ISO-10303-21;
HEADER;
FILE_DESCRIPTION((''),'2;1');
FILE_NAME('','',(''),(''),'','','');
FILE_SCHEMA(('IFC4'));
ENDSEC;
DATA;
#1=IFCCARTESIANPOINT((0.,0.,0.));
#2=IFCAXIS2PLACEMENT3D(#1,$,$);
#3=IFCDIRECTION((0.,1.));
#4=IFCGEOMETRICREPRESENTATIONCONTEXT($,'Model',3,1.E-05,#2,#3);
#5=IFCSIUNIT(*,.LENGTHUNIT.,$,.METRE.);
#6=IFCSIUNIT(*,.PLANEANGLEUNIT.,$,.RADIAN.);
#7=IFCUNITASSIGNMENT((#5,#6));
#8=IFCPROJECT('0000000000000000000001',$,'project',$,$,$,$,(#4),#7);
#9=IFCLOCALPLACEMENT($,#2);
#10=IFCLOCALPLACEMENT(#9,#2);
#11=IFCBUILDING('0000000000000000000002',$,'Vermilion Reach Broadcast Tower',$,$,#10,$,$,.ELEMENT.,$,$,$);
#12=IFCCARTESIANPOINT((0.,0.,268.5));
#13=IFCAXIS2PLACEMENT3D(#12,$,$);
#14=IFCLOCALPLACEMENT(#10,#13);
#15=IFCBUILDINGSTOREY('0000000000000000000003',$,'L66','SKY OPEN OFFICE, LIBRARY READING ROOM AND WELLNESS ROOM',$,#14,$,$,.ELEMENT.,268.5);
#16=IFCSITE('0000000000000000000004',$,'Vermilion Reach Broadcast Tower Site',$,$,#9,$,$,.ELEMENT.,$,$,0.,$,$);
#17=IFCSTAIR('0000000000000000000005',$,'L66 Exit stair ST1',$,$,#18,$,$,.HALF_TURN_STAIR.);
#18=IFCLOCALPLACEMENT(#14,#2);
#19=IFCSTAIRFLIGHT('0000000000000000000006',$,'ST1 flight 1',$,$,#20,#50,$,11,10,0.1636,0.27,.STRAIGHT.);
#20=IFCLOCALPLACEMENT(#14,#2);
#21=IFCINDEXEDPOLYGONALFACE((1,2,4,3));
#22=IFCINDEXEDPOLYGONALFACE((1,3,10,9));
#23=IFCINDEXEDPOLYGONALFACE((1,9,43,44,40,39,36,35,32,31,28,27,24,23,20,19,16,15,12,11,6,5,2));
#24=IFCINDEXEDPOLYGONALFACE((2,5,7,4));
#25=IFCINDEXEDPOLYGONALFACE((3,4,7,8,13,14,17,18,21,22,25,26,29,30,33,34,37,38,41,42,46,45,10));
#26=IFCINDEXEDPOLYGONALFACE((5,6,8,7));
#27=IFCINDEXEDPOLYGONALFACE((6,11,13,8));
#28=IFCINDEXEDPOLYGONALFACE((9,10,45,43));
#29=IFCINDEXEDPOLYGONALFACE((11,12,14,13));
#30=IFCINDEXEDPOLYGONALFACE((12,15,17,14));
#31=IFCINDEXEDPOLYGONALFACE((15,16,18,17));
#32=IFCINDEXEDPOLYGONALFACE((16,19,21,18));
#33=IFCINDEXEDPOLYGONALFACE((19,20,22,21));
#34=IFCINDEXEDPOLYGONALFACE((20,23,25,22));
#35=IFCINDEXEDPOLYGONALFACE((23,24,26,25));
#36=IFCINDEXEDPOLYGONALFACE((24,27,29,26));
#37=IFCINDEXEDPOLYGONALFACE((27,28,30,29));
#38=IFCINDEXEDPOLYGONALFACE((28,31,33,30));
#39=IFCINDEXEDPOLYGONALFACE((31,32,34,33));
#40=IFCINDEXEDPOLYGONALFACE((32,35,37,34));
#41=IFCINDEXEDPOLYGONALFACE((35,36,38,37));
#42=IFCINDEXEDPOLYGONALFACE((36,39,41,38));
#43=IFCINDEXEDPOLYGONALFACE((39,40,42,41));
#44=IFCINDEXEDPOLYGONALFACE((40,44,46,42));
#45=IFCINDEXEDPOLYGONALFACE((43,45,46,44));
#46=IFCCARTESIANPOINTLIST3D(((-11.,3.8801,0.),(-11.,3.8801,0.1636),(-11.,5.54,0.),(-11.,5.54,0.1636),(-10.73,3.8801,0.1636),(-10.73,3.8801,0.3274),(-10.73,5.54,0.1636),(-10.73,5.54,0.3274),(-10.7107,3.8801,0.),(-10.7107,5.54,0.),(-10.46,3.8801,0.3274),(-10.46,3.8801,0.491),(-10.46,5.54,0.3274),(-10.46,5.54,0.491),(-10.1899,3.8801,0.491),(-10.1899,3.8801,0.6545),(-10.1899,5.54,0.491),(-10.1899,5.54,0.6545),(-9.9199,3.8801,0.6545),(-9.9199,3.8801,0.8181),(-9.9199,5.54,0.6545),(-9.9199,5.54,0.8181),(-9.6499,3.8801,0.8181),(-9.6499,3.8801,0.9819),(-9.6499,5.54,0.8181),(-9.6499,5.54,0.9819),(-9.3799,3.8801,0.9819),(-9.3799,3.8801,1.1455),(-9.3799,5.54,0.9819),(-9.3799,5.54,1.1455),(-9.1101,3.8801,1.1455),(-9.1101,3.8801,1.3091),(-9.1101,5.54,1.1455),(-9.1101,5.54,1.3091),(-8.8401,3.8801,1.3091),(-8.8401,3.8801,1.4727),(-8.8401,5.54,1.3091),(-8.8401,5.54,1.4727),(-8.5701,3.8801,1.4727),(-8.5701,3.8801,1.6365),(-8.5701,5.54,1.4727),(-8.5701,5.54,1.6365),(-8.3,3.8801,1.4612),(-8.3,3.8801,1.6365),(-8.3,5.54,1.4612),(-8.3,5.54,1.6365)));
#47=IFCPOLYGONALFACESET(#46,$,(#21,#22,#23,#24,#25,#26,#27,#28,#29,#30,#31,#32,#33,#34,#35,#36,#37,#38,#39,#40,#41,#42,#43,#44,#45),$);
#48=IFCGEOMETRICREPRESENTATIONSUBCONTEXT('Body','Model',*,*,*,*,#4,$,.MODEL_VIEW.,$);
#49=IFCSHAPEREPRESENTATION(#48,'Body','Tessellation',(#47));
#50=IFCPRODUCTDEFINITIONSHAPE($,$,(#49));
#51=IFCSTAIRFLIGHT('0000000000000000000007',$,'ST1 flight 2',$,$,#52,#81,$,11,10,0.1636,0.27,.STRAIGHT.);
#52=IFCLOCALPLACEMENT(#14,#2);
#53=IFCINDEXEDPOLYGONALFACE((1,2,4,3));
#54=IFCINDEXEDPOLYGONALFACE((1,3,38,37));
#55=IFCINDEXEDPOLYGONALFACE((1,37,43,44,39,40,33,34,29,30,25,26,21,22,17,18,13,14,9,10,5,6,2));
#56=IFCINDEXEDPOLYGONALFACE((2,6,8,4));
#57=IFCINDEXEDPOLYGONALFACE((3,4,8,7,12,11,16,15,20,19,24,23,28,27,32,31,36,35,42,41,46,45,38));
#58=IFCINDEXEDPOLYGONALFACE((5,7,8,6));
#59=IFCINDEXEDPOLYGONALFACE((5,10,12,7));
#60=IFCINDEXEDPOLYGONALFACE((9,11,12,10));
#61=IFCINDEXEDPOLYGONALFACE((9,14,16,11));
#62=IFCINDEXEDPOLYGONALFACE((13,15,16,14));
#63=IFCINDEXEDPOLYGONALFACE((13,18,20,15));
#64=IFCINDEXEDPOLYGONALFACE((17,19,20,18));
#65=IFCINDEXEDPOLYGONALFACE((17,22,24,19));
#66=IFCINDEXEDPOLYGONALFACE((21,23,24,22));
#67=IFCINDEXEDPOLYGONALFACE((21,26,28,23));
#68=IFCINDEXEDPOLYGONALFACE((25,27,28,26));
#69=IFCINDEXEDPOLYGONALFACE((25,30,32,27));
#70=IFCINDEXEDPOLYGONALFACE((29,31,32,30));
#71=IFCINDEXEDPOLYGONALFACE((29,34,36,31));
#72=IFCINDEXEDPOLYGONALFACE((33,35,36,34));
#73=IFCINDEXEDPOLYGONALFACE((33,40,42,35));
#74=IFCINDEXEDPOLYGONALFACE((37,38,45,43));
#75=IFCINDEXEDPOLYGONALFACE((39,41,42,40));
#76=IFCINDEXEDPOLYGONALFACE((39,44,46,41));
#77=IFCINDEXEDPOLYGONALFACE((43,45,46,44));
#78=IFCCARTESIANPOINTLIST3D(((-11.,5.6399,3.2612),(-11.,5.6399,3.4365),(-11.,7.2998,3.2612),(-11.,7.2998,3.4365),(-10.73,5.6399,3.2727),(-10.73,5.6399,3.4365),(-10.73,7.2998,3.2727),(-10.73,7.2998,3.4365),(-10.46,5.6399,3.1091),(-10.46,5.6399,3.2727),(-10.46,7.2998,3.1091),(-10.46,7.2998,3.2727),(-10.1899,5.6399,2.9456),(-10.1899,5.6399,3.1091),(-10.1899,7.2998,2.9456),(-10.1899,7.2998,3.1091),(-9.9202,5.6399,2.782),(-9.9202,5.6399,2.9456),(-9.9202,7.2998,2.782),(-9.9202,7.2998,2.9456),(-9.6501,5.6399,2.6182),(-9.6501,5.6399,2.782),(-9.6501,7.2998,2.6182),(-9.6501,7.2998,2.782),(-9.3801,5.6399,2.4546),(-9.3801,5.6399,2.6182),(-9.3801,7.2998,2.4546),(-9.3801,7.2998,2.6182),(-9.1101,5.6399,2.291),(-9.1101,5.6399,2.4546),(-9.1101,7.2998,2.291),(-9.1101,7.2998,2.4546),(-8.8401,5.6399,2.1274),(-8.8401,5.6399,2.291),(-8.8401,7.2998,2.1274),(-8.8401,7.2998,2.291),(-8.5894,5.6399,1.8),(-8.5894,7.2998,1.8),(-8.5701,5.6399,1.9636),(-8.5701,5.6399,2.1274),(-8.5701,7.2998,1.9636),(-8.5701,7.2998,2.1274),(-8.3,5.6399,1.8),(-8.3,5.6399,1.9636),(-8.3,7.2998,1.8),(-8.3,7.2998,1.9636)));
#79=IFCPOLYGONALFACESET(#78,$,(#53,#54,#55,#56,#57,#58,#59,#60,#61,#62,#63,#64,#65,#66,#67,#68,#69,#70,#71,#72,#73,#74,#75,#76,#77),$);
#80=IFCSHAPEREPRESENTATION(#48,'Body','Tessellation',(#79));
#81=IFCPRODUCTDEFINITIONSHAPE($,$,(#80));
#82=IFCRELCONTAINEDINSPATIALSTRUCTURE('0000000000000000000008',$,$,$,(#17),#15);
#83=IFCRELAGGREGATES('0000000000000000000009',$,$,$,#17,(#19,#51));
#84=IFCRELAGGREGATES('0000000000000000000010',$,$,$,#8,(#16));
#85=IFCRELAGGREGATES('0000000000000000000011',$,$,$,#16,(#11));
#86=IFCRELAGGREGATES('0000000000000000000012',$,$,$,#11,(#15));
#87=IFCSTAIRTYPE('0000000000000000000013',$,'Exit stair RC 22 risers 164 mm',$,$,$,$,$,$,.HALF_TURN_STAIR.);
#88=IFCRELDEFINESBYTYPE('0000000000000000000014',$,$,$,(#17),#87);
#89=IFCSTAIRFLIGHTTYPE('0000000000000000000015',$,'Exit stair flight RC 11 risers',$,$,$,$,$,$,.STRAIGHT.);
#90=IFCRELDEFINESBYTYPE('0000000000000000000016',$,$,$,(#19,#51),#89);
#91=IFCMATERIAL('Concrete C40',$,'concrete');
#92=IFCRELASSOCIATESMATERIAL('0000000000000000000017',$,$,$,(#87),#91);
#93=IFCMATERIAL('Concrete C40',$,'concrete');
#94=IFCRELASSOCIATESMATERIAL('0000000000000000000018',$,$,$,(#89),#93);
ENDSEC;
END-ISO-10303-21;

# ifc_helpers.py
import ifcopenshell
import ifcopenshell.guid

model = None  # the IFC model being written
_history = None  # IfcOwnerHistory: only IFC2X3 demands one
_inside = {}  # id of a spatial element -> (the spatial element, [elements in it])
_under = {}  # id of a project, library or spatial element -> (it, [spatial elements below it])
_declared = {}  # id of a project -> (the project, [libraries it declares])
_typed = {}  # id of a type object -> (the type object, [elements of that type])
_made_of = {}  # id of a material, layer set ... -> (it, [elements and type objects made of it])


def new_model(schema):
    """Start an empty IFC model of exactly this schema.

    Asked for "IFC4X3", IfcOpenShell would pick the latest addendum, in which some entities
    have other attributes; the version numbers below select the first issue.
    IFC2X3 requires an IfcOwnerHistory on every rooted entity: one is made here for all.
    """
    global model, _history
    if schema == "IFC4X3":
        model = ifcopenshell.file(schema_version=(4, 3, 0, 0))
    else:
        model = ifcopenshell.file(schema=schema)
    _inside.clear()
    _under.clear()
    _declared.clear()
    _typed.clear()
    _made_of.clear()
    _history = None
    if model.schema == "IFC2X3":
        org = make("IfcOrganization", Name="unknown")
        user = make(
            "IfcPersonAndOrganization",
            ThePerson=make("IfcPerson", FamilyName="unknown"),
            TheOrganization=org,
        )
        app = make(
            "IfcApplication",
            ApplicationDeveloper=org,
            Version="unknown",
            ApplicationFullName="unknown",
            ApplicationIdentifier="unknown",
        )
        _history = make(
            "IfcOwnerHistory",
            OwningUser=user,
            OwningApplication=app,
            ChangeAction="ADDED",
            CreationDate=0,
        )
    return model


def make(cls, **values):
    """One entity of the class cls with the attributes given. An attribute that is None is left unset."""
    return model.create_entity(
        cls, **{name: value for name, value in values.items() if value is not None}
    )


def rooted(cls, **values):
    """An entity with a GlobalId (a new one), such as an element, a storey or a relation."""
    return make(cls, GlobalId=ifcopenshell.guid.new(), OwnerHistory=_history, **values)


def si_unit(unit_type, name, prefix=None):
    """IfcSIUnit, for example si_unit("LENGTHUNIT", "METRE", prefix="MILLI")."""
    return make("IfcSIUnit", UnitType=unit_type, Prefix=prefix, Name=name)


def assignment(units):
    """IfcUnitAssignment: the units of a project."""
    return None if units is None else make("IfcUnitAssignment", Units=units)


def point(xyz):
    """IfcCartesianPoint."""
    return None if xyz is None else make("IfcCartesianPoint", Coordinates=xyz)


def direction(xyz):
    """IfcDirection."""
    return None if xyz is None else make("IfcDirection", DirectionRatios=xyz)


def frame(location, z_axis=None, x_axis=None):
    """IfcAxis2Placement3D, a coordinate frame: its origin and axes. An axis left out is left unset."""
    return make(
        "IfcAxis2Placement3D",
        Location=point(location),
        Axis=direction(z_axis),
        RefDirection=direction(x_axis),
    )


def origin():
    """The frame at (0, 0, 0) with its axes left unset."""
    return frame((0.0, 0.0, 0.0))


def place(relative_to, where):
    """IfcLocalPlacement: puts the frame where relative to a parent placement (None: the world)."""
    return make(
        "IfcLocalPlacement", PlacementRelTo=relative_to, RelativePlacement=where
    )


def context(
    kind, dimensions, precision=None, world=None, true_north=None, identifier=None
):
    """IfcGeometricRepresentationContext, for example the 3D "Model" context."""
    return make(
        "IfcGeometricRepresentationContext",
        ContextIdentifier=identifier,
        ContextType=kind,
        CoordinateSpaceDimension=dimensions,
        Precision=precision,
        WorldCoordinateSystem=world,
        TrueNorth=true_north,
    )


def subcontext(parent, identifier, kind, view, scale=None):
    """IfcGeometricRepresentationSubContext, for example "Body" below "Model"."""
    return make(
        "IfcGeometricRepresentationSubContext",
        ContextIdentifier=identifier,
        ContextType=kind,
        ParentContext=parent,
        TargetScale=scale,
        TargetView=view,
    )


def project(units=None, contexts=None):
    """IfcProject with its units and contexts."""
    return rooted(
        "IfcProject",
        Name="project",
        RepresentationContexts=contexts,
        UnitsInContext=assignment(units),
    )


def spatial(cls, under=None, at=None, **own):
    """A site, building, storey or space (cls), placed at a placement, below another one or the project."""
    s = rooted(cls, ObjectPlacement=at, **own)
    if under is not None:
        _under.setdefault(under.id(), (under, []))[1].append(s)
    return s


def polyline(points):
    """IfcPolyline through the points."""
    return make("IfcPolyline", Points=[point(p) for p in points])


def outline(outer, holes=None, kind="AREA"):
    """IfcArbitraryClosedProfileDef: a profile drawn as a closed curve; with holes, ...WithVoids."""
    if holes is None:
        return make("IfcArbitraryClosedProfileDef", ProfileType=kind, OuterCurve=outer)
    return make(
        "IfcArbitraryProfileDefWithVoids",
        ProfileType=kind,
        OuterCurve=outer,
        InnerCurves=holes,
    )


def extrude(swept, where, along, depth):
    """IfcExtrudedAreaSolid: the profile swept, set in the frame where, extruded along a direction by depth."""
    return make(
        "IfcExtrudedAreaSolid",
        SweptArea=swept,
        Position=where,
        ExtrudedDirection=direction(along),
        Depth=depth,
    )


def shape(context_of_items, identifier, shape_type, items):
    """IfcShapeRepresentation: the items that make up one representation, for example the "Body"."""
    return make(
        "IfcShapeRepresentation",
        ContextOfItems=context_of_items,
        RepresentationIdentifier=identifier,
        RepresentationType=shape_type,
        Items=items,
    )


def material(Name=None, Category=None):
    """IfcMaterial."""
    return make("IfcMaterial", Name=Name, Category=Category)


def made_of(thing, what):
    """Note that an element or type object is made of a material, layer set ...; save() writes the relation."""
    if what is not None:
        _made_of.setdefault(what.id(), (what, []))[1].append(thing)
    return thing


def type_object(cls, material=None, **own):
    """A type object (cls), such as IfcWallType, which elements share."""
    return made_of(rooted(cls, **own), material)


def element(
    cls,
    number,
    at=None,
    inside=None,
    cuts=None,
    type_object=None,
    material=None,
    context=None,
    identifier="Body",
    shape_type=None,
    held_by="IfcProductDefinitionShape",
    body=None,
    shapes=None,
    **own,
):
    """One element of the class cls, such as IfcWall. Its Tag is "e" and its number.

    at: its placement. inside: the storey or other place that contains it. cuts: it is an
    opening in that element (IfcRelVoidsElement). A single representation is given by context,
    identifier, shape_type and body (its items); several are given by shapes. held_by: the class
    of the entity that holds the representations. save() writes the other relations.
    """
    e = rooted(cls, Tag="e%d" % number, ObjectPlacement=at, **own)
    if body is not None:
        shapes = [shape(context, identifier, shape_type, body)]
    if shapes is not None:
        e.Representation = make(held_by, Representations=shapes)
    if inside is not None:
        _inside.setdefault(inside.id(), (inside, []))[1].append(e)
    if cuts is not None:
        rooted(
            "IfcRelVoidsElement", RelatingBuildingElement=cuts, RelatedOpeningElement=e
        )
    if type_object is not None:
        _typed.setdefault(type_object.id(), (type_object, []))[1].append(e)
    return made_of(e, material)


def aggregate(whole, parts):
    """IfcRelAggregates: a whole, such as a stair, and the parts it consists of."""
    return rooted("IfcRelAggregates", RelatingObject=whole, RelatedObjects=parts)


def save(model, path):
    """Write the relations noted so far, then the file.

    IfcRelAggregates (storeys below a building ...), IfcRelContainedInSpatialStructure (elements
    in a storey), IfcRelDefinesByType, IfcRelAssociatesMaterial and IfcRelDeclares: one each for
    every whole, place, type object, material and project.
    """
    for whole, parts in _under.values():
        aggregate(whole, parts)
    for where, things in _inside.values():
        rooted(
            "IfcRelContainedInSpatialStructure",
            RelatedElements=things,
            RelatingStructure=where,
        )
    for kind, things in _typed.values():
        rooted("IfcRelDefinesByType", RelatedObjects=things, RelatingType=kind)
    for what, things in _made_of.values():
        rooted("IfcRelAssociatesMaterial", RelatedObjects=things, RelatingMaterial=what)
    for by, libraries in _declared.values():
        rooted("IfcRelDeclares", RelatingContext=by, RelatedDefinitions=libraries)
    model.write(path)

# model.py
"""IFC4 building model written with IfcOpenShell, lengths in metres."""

from ifc_helpers import new_model, si_unit, direction, frame, origin, place, context, subcontext, project, spatial, polyline, outline, extrude, material, type_object, element, aggregate, save


model = new_model("IFC4")

# Units and contexts
model_context = context("Model", 3, precision=1e-05, world=origin(), true_north=direction((0.0, 1.0)))
body_context = subcontext(model_context, "Body", "Model", "MODEL_VIEW")
ifc_project = project(units=[si_unit("LENGTHUNIT", "METRE"), si_unit("PLANEANGLEUNIT", "RADIAN")], contexts=[model_context])

# Site, building, storey
site_placement = place(None, origin())
site = spatial("IfcSite", under=ifc_project, at=site_placement, Name="Vermilion Reach Broadcast Tower Site", CompositionType="ELEMENT", RefElevation=0.0)
building_placement = place(site_placement, origin())
building = spatial("IfcBuilding", under=site, at=building_placement, Name="Vermilion Reach Broadcast Tower", CompositionType="ELEMENT")
storey_placement = place(building_placement, frame((0.0, 0.0, 268.5)))
storey = spatial("IfcBuildingStorey", under=building, at=storey_placement, Name="L66", Description="SKY OPEN OFFICE, LIBRARY READING ROOM AND WELLNESS ROOM", CompositionType="ELEMENT", Elevation=268.5)

# Stair, stair flights
ifc_material_1 = material(Name="Concrete C40", Category="concrete")
stair_type = type_object("IfcStairType", Name="Exit stair RC 22 risers 164 mm", PredefinedType="HALF_TURN_STAIR", material=ifc_material_1)
stair_placement = place(storey_placement, origin())
stair = element("IfcStair", 1, at=stair_placement, inside=storey, type_object=stair_type, Name="L66 Exit stair ST1", PredefinedType="HALF_TURN_STAIR")
ifc_material_2 = material(Name="Concrete C40", Category="concrete")
stair_flight_type = type_object("IfcStairFlightType", Name="Exit stair flight RC 11 risers", PredefinedType="STRAIGHT", material=ifc_material_2)
stair_flight_1_placement = place(storey_placement, frame((-11.0, 4.71, 0.0), z_axis=(0.0, 0.0, 1.0), x_axis=(1.0, 0.0, 0.0)))
stair_flight_1 = element("IfcStairFlight", 2, at=stair_flight_1_placement, type_object=stair_flight_type, Name="ST1 flight 1", NumberOfRisers=11, NumberOfTreads=10, PredefinedType="STRAIGHT", RiserHeight=0.1636, TreadLength=0.27, context=body_context, shape_type="SweptSolid", body=[
    extrude(outline(polyline([(0.0, 0.0), (0.0, 0.1636), (0.27, 0.1636), (0.27, 0.3274), (0.54, 0.3274), (0.54, 0.491), (0.8101, 0.491), (0.8101, 0.6545), (1.0801, 0.6545), (1.0801, 0.8181), (1.3501, 0.8181), (1.3501, 0.9819), (1.6201, 0.9819), (1.6201, 1.1455), (1.8899, 1.1455), (1.8899, 1.3091), (2.1599, 1.3091), (2.1599, 1.4727), (2.4299, 1.4727), (2.4299, 1.6365), (2.7, 1.6365), (2.7, 1.8), (2.7, 1.4612), (0.2893, 0.0), (0.0, 0.0)])), frame((0.0, 0.8301, 0.0), z_axis=(0.0, -1.0, 0.0), x_axis=(1.0, 0.0, 0.0)), (0.0, 0.0, 1.0), 1.6599),
])
stair_flight_2_placement = place(storey_placement, frame((-8.3, 6.47, 1.8), z_axis=(0.0, 0.0, 1.0), x_axis=(-1.0, 0.0, 0.0)))
stair_flight_2 = element("IfcStairFlight", 3, at=stair_flight_2_placement, type_object=stair_flight_type, Name="ST1 flight 2", NumberOfRisers=11, NumberOfTreads=10, PredefinedType="STRAIGHT", RiserHeight=0.1636, TreadLength=0.27, context=body_context, shape_type="SweptSolid", body=[
    extrude(outline(polyline([(0.0, 0.0), (0.0, 0.1636), (0.27, 0.1636), (0.27, 0.3274), (0.54, 0.3274), (0.54, 0.491), (0.8101, 0.491), (0.8101, 0.6545), (1.0801, 0.6545), (1.0801, 0.8181), (1.3501, 0.8181), (1.3501, 0.9819), (1.6201, 0.9819), (1.6201, 1.1455), (1.8899, 1.1455), (1.8899, 1.3091), (2.1599, 1.3091), (2.1599, 1.4727), (2.4299, 1.4727), (2.4299, 1.6365), (2.7, 1.6365), (2.7, 1.8), (2.7, 1.4612), (0.2893, 0.0), (0.0, 0.0)])), frame((0.0, 0.8301, 0.0), z_axis=(0.0, -1.0, 0.0), x_axis=(1.0, 0.0, 0.0)), (0.0, 0.0, 1.0), 1.6599),
])
aggregate(stair, [stair_flight_1, stair_flight_2])

save(model, "model.ifc")
